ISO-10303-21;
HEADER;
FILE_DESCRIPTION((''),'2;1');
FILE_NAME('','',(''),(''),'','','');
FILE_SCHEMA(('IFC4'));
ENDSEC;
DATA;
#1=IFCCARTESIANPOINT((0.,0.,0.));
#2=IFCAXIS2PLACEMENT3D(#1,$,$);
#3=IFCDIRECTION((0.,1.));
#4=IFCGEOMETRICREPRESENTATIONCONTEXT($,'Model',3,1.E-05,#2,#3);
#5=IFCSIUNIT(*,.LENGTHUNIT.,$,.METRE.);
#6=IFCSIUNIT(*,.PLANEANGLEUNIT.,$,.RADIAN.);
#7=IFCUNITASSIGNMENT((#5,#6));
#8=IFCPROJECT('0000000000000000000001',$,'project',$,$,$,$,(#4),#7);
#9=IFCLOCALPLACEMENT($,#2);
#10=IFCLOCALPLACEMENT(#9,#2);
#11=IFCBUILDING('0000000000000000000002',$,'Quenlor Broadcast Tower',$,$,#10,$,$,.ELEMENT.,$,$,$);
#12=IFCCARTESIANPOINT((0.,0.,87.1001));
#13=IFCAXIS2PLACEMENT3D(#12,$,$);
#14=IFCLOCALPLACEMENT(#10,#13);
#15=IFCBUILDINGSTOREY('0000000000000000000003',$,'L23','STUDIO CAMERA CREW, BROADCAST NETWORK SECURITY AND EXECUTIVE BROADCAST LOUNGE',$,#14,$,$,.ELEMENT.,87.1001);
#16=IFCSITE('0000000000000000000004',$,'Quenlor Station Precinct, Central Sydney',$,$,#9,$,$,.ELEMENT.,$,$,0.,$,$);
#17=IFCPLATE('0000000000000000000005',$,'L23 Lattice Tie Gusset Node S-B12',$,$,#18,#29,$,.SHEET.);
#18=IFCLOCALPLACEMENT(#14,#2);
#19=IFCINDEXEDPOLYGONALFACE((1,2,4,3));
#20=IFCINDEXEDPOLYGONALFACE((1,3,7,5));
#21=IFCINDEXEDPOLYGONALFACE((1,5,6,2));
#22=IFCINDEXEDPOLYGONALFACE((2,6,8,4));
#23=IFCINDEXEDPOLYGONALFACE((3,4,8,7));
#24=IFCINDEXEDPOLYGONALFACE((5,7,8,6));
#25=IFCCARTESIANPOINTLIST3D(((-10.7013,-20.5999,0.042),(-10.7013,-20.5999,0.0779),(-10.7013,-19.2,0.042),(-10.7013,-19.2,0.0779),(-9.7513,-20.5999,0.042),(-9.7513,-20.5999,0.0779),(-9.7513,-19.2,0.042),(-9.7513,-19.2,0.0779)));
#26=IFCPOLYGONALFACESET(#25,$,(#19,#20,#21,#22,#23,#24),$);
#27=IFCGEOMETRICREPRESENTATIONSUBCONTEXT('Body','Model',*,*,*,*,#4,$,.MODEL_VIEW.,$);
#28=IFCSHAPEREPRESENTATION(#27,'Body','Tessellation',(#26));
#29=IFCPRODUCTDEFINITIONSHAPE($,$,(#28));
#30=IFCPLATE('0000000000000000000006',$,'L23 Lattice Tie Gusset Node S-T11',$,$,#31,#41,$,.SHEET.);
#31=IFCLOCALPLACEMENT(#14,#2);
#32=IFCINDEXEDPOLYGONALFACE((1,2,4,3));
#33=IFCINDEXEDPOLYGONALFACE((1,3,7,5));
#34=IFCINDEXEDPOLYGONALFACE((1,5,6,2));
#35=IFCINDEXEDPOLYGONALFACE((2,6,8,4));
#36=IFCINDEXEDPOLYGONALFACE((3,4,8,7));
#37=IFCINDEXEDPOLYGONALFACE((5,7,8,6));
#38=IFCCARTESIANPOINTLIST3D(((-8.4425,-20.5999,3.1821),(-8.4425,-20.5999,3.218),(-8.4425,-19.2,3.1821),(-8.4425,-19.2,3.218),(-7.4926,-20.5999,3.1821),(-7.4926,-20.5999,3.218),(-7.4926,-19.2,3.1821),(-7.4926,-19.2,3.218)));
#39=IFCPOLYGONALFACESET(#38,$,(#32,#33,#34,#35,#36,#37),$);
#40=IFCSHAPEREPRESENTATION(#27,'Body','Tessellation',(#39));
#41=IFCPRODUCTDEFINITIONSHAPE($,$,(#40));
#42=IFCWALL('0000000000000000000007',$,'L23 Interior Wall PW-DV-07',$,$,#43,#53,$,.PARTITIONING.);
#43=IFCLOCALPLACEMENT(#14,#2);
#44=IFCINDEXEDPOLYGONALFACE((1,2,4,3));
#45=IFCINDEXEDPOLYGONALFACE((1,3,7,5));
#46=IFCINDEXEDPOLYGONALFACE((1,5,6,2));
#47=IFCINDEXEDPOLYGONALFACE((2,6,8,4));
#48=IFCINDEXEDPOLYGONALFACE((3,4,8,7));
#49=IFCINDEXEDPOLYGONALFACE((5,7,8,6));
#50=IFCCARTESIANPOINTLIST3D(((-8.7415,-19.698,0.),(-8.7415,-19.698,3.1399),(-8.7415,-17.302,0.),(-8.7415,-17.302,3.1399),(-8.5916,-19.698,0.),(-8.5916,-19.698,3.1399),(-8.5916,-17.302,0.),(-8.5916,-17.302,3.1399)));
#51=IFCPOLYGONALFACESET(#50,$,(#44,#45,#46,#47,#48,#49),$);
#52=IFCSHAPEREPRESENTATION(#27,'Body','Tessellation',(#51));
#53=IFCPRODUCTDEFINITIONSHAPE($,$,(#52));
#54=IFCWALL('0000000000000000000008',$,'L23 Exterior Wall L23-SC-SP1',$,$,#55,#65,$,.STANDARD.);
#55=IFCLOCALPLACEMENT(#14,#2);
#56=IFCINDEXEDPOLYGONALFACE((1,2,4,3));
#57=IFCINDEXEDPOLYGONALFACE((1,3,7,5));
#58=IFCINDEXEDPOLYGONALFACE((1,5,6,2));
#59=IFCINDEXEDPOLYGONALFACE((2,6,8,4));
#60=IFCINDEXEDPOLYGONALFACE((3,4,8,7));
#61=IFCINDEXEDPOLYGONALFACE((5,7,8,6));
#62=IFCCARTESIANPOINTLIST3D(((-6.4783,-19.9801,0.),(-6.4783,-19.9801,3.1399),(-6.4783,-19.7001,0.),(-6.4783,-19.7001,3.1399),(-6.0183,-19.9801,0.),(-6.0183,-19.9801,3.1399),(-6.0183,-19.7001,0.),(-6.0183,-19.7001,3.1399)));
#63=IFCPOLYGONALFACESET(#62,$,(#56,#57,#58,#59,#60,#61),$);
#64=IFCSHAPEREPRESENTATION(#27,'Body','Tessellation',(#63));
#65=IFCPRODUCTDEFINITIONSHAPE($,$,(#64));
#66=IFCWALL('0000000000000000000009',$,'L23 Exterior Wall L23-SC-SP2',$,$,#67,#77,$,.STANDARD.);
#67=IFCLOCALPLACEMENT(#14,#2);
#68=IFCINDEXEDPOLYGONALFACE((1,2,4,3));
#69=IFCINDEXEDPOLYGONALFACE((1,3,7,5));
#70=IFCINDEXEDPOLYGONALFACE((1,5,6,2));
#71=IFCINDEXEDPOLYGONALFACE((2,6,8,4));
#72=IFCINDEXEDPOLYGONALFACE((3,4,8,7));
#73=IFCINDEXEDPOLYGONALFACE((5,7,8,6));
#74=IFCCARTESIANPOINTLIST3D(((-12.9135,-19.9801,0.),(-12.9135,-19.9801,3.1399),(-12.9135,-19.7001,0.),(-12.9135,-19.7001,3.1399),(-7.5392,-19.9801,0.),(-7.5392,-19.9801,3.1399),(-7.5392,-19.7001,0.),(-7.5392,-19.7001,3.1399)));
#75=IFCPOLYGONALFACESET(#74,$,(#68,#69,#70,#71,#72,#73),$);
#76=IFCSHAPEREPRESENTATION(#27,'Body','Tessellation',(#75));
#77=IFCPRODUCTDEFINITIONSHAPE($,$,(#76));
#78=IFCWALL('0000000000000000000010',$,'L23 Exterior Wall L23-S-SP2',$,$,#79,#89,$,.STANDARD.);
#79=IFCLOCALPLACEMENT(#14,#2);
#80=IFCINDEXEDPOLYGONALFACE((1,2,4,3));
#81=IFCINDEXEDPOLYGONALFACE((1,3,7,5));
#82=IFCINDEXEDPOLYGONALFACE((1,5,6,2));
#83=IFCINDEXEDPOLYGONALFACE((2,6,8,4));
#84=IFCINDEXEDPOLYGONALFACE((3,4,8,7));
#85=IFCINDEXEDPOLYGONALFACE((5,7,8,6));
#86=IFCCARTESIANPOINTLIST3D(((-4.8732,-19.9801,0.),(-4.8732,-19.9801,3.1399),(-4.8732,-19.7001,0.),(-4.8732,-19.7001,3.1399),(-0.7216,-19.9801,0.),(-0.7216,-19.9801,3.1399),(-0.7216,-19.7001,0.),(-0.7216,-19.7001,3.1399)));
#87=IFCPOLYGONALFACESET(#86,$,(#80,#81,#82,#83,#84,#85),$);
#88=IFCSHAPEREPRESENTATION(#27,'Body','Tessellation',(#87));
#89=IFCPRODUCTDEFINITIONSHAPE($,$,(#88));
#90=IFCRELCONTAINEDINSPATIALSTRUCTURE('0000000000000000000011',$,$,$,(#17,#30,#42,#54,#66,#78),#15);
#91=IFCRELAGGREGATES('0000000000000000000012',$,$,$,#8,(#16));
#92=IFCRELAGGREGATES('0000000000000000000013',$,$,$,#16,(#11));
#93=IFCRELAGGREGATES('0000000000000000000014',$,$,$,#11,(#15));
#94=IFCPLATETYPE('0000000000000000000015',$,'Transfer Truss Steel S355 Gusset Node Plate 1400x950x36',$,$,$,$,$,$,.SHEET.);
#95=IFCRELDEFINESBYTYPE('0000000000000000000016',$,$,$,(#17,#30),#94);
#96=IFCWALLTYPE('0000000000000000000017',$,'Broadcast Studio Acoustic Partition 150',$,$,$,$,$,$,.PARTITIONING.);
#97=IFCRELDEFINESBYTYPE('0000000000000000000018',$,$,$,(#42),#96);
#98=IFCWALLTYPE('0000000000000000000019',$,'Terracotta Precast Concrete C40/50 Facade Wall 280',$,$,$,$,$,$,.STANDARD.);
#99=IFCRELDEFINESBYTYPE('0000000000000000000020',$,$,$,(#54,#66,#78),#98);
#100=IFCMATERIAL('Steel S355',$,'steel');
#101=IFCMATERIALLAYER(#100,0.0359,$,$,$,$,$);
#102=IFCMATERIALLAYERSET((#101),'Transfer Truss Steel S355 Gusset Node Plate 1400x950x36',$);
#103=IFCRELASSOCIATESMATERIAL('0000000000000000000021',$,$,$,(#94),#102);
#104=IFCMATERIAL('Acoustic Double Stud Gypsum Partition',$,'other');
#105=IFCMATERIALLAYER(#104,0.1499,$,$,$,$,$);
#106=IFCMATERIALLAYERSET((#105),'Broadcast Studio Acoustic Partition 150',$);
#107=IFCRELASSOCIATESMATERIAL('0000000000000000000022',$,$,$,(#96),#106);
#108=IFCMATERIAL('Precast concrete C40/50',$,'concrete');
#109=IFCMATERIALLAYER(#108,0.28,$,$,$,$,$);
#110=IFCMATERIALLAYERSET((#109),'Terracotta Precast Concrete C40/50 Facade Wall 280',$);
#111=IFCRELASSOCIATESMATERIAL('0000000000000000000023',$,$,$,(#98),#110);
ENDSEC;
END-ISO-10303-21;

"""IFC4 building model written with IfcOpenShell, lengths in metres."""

from ifc_helpers import new_model, si_unit, direction, frame, frame_2d, origin, origin_2d, place, context, subcontext, project, spatial, rectangle, extrude, material, layer, layer_set, type_object, element, save


model = new_model("IFC4")

# Units and contexts
model_context = context("Model", 3, precision=1e-05, world=origin(), true_north=direction((0.0, 1.0)))
body_context = subcontext(model_context, "Body", "Model", "MODEL_VIEW")
ifc_project = project(units=[si_unit("LENGTHUNIT", "METRE"), si_unit("PLANEANGLEUNIT", "RADIAN")], contexts=[model_context])

# Site, building, storey
site_placement = place(None, origin())
site = spatial("IfcSite", under=ifc_project, at=site_placement, Name="Quenlor Station Precinct, Central Sydney", CompositionType="ELEMENT", RefElevation=0.0)
building_placement = place(site_placement, origin())
building = spatial("IfcBuilding", under=site, at=building_placement, Name="Quenlor Broadcast Tower", CompositionType="ELEMENT")
storey_placement = place(building_placement, frame((0.0, 0.0, 87.1001)))
storey = spatial("IfcBuildingStorey", under=building, at=storey_placement, Name="L23", Description="STUDIO CAMERA CREW, BROADCAST NETWORK SECURITY AND EXECUTIVE BROADCAST LOUNGE", CompositionType="ELEMENT", Elevation=87.1001)

# Plates
ifc_material_1 = material(Name="Steel S355", Category="steel")
ifc_layer_1 = layer(ifc_material_1, 0.0359)
ifc_layer_set_1 = layer_set([ifc_layer_1], Name="Transfer Truss Steel S355 Gusset Node Plate 1400x950x36")
plate_type_1 = type_object("IfcPlateType", Name="Transfer Truss Steel S355 Gusset Node Plate 1400x950x36", PredefinedType="SHEET", material=ifc_layer_set_1)
for number, where, z_axis, x_axis, name in (
    (1, (-10.2263, -19.8999, 0.042), (0.0, 0.0, 1.0), (0.0, -1.0, 0.0), "L23 Lattice Tie Gusset Node S-B12"),
    (2, (-7.9675, -19.8999, 3.1821), (0.0, 0.0, 1.0), (0.0, -1.0, 0.0), "L23 Lattice Tie Gusset Node S-T11"),
):
    element("IfcPlate", number, at=place(storey_placement, frame(where, z_axis=z_axis, x_axis=x_axis)), inside=storey, type_object=plate_type_1, Name=name, PredefinedType="SHEET", context=body_context, shape_type="SweptSolid", body=[
        extrude(rectangle(XDim=1.3999, YDim=0.95, at=origin_2d()), origin(), (0.0, 0.0, 1.0), 0.0359),
    ])

# Walls
ifc_material_2 = material(Name="Acoustic Double Stud Gypsum Partition", Category="other")
ifc_layer_2 = layer(ifc_material_2, 0.1499)
ifc_layer_set_2 = layer_set([ifc_layer_2], Name="Broadcast Studio Acoustic Partition 150")
wall_type_1 = type_object("IfcWallType", Name="Broadcast Studio Acoustic Partition 150", PredefinedType="PARTITIONING", material=ifc_layer_set_2)
wall_1_placement = place(storey_placement, frame((-8.6665, -17.302, 0.0), z_axis=(0.0, 0.0, 1.0), x_axis=(0.0, -1.0, 0.0)))
element("IfcWall", 3, at=wall_1_placement, inside=storey, type_object=wall_type_1, Name="L23 Interior Wall PW-DV-07", PredefinedType="PARTITIONING", context=body_context, shape_type="SweptSolid", body=[
    extrude(rectangle(XDim=2.396, YDim=0.1499, at=frame_2d((1.198, 0.0))), origin(), (0.0, 0.0, 1.0), 3.1399),
])
ifc_material_3 = material(Name="Precast concrete C40/50", Category="concrete")
ifc_layer_3 = layer(ifc_material_3, 0.28)
ifc_layer_set_3 = layer_set([ifc_layer_3], Name="Terracotta Precast Concrete C40/50 Facade Wall 280")
wall_type_2 = type_object("IfcWallType", Name="Terracotta Precast Concrete C40/50 Facade Wall 280", PredefinedType="STANDARD", material=ifc_layer_set_3)
wall_2_placement = place(storey_placement, frame((-6.0183, -19.8401, 0.0), z_axis=(0.0, 0.0, 1.0), x_axis=(-1.0, 0.0, 0.0)))
element("IfcWall", 4, at=wall_2_placement, inside=storey, type_object=wall_type_2, Name="L23 Exterior Wall L23-SC-SP1", PredefinedType="STANDARD", context=body_context, shape_type="SweptSolid", body=[
    extrude(rectangle(XDim=0.46, YDim=0.28, at=frame_2d((0.23, 0.0))), origin(), (0.0, 0.0, 1.0), 3.1399),
])
wall_3_placement = place(storey_placement, frame((-7.5393, -19.8401, 0.0), z_axis=(0.0, 0.0, 1.0), x_axis=(-1.0, 0.0, 0.0)))
element("IfcWall", 5, at=wall_3_placement, inside=storey, type_object=wall_type_2, Name="L23 Exterior Wall L23-SC-SP2", PredefinedType="STANDARD", context=body_context, shape_type="SweptSolid", body=[
    extrude(rectangle(XDim=5.3743, YDim=0.28, at=frame_2d((2.687, 0.0))), origin(), (0.0, 0.0, 1.0), 3.1399),
])
wall_4_placement = place(storey_placement, frame((-0.7217, -19.8401, 0.0), z_axis=(0.0, 0.0, 1.0), x_axis=(-1.0, 0.0, 0.0)))
element("IfcWall", 6, at=wall_4_placement, inside=storey, type_object=wall_type_2, Name="L23 Exterior Wall L23-S-SP2", PredefinedType="STANDARD", context=body_context, shape_type="SweptSolid", body=[
    extrude(rectangle(XDim=4.1516, YDim=0.28, at=frame_2d((2.0757, 0.0))), origin(), (0.0, 0.0, 1.0), 3.1399),
])

save(model, "model.ifc")
